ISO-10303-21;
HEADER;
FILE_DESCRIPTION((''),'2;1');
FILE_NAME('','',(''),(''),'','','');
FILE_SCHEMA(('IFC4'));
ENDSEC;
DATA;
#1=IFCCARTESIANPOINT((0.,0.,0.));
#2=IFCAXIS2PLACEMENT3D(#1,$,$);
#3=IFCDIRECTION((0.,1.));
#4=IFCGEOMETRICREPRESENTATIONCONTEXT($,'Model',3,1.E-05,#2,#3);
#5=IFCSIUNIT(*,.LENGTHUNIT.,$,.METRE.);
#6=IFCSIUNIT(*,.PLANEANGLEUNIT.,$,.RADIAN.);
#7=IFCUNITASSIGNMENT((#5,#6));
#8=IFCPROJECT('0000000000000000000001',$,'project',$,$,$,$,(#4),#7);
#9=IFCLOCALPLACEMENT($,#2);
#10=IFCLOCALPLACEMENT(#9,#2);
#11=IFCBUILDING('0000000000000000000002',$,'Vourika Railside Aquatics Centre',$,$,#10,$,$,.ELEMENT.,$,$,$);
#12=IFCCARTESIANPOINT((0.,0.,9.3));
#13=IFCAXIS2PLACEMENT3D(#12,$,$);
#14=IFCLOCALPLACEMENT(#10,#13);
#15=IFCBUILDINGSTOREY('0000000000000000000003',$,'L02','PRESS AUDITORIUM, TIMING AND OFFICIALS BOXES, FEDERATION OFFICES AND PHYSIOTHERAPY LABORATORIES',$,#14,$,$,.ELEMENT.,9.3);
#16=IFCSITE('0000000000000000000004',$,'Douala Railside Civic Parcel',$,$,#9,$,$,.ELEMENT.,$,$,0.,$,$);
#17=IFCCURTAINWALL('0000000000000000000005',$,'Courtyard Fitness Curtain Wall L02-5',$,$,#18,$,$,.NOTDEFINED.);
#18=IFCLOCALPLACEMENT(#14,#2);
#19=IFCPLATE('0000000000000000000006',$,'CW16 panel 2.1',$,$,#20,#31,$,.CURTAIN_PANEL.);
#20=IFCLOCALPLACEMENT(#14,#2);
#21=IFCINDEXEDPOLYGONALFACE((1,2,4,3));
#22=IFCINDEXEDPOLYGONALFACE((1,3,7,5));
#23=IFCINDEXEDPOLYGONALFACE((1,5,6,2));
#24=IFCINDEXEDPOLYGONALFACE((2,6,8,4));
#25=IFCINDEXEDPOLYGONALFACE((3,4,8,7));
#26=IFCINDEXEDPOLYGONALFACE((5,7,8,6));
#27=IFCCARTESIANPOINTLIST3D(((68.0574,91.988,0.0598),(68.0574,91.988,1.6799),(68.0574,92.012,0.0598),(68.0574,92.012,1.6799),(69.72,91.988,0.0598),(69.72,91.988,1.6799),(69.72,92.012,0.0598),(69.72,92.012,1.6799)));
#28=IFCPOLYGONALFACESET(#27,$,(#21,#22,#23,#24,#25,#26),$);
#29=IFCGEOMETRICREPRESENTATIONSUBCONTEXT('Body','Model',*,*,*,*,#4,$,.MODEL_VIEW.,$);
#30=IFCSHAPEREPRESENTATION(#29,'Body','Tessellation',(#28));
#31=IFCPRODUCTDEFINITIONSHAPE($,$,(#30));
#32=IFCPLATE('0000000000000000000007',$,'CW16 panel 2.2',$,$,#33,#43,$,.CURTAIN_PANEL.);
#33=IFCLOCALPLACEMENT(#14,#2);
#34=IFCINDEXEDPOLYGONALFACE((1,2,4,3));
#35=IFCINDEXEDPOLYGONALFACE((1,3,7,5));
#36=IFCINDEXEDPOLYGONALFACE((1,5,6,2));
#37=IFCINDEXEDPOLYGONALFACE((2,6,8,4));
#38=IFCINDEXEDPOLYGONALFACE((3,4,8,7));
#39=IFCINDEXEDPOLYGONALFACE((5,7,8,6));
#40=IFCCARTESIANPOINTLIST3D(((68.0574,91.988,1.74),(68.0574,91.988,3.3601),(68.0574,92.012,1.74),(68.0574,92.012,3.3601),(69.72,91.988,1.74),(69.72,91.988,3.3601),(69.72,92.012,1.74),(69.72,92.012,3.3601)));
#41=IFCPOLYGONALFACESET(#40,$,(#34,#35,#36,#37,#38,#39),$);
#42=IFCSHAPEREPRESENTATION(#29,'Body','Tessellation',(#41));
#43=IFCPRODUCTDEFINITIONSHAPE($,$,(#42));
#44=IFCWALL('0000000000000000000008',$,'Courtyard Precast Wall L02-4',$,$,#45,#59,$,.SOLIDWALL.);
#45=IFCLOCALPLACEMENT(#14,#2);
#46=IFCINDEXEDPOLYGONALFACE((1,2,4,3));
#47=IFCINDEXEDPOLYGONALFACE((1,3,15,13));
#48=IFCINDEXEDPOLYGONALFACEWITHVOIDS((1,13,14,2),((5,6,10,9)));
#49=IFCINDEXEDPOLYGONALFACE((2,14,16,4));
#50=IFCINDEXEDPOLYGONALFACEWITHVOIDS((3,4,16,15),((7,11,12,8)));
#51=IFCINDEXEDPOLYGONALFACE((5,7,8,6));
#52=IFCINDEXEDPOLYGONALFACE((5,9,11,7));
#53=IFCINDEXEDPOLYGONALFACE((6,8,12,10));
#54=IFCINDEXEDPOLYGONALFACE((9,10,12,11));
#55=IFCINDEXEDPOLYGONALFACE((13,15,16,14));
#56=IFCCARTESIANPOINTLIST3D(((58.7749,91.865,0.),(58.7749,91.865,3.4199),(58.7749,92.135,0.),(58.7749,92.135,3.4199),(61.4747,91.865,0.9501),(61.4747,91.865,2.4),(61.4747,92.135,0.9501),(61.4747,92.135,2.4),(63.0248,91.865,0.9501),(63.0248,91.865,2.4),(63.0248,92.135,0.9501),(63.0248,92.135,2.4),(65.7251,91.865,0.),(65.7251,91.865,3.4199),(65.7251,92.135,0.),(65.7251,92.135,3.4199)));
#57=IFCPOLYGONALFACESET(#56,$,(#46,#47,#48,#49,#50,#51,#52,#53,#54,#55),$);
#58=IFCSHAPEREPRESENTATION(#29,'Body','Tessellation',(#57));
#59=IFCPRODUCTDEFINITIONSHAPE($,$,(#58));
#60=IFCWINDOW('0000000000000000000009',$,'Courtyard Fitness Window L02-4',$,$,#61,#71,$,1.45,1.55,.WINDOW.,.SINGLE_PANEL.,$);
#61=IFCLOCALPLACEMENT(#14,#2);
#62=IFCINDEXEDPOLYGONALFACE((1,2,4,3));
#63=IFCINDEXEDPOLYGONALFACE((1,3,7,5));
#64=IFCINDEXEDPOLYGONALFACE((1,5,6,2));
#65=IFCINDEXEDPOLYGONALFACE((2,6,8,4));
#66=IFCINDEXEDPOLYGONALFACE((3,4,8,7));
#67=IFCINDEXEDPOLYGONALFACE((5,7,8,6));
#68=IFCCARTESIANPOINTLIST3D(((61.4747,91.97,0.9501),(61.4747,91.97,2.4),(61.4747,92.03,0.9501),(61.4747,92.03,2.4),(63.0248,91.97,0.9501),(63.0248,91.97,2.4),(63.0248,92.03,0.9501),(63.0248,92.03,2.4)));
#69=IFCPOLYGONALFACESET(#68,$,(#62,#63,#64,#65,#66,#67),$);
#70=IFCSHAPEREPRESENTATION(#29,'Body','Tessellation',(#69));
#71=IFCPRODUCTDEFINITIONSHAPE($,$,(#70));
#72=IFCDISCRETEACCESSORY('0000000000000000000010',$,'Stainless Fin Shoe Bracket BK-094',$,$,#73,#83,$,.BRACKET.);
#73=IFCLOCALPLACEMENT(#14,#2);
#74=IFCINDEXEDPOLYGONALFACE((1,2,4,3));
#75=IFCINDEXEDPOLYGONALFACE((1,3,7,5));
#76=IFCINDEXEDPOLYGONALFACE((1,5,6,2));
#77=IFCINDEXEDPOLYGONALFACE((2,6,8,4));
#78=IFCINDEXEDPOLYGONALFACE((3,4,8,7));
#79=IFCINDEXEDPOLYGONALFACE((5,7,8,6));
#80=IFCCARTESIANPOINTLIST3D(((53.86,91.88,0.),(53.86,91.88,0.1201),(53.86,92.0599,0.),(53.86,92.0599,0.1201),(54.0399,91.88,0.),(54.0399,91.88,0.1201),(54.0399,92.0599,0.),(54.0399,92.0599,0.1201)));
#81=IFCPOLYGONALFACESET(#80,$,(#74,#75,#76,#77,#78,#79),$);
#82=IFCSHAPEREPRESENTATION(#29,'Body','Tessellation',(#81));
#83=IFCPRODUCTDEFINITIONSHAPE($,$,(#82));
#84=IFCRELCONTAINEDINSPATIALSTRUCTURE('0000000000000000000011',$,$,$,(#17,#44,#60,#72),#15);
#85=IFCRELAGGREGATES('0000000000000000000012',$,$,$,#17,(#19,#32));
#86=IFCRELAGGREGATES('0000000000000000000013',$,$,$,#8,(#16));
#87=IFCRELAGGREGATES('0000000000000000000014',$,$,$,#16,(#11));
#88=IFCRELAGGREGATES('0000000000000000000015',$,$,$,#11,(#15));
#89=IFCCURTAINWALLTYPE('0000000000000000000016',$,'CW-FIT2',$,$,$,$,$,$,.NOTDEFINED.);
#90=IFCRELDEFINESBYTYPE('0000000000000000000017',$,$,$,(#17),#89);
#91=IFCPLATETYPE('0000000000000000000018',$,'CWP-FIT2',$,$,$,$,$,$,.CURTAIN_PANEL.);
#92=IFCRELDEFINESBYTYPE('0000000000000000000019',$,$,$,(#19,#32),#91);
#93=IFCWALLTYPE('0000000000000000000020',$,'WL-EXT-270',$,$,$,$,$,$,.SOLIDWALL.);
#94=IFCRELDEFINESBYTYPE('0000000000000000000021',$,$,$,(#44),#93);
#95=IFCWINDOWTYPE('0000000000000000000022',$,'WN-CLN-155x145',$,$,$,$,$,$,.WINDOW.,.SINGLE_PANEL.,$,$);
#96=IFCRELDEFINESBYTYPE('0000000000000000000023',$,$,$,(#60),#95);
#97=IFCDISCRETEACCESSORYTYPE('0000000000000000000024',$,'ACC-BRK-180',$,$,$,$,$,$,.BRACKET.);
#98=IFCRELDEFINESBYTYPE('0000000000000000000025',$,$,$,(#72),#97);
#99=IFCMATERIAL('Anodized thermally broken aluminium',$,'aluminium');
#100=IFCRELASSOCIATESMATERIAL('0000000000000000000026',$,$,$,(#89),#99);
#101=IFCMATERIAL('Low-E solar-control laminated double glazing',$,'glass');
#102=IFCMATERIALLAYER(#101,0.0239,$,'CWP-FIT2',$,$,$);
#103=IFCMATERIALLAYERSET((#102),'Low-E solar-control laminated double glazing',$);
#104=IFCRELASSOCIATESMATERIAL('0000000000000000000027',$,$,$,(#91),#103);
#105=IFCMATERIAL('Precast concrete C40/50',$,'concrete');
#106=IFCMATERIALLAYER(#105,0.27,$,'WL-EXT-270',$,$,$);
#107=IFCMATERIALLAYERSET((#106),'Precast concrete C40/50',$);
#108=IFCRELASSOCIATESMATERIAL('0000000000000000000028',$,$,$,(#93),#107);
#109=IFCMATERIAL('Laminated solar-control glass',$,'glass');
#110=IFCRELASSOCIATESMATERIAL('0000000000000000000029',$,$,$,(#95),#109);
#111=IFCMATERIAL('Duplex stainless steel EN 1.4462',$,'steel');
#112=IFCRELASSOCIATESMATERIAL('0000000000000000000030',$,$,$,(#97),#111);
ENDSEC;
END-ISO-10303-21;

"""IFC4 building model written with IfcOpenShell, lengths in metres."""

from ifc_helpers import new_model, si_unit, direction, frame, frame_2d, origin, origin_2d, place, context, subcontext, project, spatial, rectangle, extrude, material, layer, layer_set, type_object, element, fill, aggregate, save


model = new_model("IFC4")

# Units and contexts
model_context = context("Model", 3, precision=1e-05, world=origin(), true_north=direction((0.0, 1.0)))
body_context = subcontext(model_context, "Body", "Model", "MODEL_VIEW")
ifc_project = project(units=[si_unit("LENGTHUNIT", "METRE"), si_unit("PLANEANGLEUNIT", "RADIAN")], contexts=[model_context])

# Site, building, storey
site_placement = place(None, origin())
site = spatial("IfcSite", under=ifc_project, at=site_placement, Name="Douala Railside Civic Parcel", CompositionType="ELEMENT", RefElevation=0.0)
building_placement = place(site_placement, origin())
building = spatial("IfcBuilding", under=site, at=building_placement, Name="Vourika Railside Aquatics Centre", CompositionType="ELEMENT")
storey_placement = place(building_placement, frame((0.0, 0.0, 9.3)))
storey = spatial("IfcBuildingStorey", under=building, at=storey_placement, Name="L02", Description="PRESS AUDITORIUM, TIMING AND OFFICIALS BOXES, FEDERATION OFFICES AND PHYSIOTHERAPY LABORATORIES", CompositionType="ELEMENT", Elevation=9.3)

# Curtain wall
ifc_material_1 = material(Name="Anodized thermally broken aluminium", Category="aluminium")
curtain_wall_type = type_object("IfcCurtainWallType", Name="CW-FIT2", PredefinedType="NOTDEFINED", material=ifc_material_1)
curtain_wall_1_placement = place(storey_placement, origin())
curtain_wall_1 = element("IfcCurtainWall", 1, at=curtain_wall_1_placement, inside=storey, type_object=curtain_wall_type, Name="Courtyard Fitness Curtain Wall L02-5", PredefinedType="NOTDEFINED")

# Plates
ifc_material_2 = material(Name="Low-E solar-control laminated double glazing", Category="glass")
ifc_layer_1 = layer(ifc_material_2, 0.0239, Name="CWP-FIT2")
ifc_layer_set_1 = layer_set([ifc_layer_1], Name="Low-E solar-control laminated double glazing")
plate_type = type_object("IfcPlateType", Name="CWP-FIT2", PredefinedType="CURTAIN_PANEL", material=ifc_layer_set_1)
plate_1_placement = place(storey_placement, frame((68.8887, 92.0, 0.0598), z_axis=(0.0, 0.0, 1.0), x_axis=(1.0, 0.0, 0.0)))
plate_1 = element("IfcPlate", 2, at=plate_1_placement, type_object=plate_type, Name="CW16 panel 2.1", PredefinedType="CURTAIN_PANEL", context=body_context, shape_type="SweptSolid", body=[
    extrude(rectangle(XDim=1.6626, YDim=0.0239, at=origin_2d()), origin(), (0.0, 0.0, 1.0), 1.6201),
])
plate_2_placement = place(storey_placement, frame((68.8887, 92.0, 1.74), z_axis=(0.0, 0.0, 1.0), x_axis=(1.0, 0.0, 0.0)))
plate_2 = element("IfcPlate", 3, at=plate_2_placement, type_object=plate_type, Name="CW16 panel 2.2", PredefinedType="CURTAIN_PANEL", context=body_context, shape_type="SweptSolid", body=[
    extrude(rectangle(XDim=1.6626, YDim=0.0239, at=origin_2d()), origin(), (0.0, 0.0, 1.0), 1.6201),
])
aggregate(curtain_wall_1, [plate_1, plate_2])

# Wall, opening, window
ifc_material_3 = material(Name="Precast concrete C40/50", Category="concrete")
ifc_layer_2 = layer(ifc_material_3, 0.27, Name="WL-EXT-270")
ifc_layer_set_2 = layer_set([ifc_layer_2], Name="Precast concrete C40/50")
wall_type = type_object("IfcWallType", Name="WL-EXT-270", PredefinedType="SOLIDWALL", material=ifc_layer_set_2)
wall_placement = place(storey_placement, frame((58.7749, 92.0, 0.0), z_axis=(0.0, 0.0, 1.0), x_axis=(1.0, 0.0, 0.0)))
wall = element("IfcWall", 4, at=wall_placement, inside=storey, type_object=wall_type, Name="Courtyard Precast Wall L02-4", PredefinedType="SOLIDWALL", context=body_context, shape_type="SweptSolid", body=[
    extrude(rectangle(XDim=6.9502, YDim=0.27, at=frame_2d((3.4751, 0.0))), origin(), (0.0, 0.0, 1.0), 3.4199),
])
opening_placement = place(wall_placement, frame((2.7, 0.0, 0.95)))
opening = element("IfcOpeningElement", 5, at=opening_placement, cuts=wall, PredefinedType="OPENING", context=body_context, shape_type="SweptSolid", body=[
    extrude(rectangle(XDim=1.55, YDim=1.45, at=frame_2d((0.7749, 0.7251))), frame((0.0, 0.145, 0.0), z_axis=(0.0, -1.0, 0.0), x_axis=(1.0, 0.0, 0.0)), (0.0, 0.0, 1.0), 0.29),
])
ifc_material_4 = material(Name="Laminated solar-control glass", Category="glass")
window_type = type_object("IfcWindowType", Name="WN-CLN-155x145", PartitioningType="SINGLE_PANEL", PredefinedType="WINDOW", material=ifc_material_4)
window_placement = place(opening_placement, origin())
window = element("IfcWindow", 6, at=window_placement, inside=storey, type_object=window_type, Name="Courtyard Fitness Window L02-4", OverallHeight=1.45, OverallWidth=1.55, PartitioningType="SINGLE_PANEL", PredefinedType="WINDOW", context=body_context, shape_type="SweptSolid", body=[
    extrude(rectangle(XDim=1.55, YDim=1.45, at=frame_2d((0.7749, 0.7251))), frame((0.0, 0.03, 0.0), z_axis=(0.0, -1.0, 0.0), x_axis=(1.0, 0.0, 0.0)), (0.0, 0.0, 1.0), 0.0601),
])
fill(opening, window)

# Discrete accessory
ifc_material_5 = material(Name="Duplex stainless steel EN 1.4462", Category="steel")
discrete_accessory_type = type_object("IfcDiscreteAccessoryType", Name="ACC-BRK-180", PredefinedType="BRACKET", material=ifc_material_5)
discrete_accessory_placement = place(storey_placement, frame((53.95, 91.97, 0.0), z_axis=(0.0, 0.0, 1.0), x_axis=(0.0, -1.0, 0.0)))
element("IfcDiscreteAccessory", 7, at=discrete_accessory_placement, inside=storey, type_object=discrete_accessory_type, Name="Stainless Fin Shoe Bracket BK-094", PredefinedType="BRACKET", context=body_context, shape_type="SweptSolid", body=[
    extrude(rectangle(XDim=0.1799, YDim=0.1799, at=origin_2d()), origin(), (0.0, 0.0, 1.0), 0.1201),
])

save(model, "model.ifc")
